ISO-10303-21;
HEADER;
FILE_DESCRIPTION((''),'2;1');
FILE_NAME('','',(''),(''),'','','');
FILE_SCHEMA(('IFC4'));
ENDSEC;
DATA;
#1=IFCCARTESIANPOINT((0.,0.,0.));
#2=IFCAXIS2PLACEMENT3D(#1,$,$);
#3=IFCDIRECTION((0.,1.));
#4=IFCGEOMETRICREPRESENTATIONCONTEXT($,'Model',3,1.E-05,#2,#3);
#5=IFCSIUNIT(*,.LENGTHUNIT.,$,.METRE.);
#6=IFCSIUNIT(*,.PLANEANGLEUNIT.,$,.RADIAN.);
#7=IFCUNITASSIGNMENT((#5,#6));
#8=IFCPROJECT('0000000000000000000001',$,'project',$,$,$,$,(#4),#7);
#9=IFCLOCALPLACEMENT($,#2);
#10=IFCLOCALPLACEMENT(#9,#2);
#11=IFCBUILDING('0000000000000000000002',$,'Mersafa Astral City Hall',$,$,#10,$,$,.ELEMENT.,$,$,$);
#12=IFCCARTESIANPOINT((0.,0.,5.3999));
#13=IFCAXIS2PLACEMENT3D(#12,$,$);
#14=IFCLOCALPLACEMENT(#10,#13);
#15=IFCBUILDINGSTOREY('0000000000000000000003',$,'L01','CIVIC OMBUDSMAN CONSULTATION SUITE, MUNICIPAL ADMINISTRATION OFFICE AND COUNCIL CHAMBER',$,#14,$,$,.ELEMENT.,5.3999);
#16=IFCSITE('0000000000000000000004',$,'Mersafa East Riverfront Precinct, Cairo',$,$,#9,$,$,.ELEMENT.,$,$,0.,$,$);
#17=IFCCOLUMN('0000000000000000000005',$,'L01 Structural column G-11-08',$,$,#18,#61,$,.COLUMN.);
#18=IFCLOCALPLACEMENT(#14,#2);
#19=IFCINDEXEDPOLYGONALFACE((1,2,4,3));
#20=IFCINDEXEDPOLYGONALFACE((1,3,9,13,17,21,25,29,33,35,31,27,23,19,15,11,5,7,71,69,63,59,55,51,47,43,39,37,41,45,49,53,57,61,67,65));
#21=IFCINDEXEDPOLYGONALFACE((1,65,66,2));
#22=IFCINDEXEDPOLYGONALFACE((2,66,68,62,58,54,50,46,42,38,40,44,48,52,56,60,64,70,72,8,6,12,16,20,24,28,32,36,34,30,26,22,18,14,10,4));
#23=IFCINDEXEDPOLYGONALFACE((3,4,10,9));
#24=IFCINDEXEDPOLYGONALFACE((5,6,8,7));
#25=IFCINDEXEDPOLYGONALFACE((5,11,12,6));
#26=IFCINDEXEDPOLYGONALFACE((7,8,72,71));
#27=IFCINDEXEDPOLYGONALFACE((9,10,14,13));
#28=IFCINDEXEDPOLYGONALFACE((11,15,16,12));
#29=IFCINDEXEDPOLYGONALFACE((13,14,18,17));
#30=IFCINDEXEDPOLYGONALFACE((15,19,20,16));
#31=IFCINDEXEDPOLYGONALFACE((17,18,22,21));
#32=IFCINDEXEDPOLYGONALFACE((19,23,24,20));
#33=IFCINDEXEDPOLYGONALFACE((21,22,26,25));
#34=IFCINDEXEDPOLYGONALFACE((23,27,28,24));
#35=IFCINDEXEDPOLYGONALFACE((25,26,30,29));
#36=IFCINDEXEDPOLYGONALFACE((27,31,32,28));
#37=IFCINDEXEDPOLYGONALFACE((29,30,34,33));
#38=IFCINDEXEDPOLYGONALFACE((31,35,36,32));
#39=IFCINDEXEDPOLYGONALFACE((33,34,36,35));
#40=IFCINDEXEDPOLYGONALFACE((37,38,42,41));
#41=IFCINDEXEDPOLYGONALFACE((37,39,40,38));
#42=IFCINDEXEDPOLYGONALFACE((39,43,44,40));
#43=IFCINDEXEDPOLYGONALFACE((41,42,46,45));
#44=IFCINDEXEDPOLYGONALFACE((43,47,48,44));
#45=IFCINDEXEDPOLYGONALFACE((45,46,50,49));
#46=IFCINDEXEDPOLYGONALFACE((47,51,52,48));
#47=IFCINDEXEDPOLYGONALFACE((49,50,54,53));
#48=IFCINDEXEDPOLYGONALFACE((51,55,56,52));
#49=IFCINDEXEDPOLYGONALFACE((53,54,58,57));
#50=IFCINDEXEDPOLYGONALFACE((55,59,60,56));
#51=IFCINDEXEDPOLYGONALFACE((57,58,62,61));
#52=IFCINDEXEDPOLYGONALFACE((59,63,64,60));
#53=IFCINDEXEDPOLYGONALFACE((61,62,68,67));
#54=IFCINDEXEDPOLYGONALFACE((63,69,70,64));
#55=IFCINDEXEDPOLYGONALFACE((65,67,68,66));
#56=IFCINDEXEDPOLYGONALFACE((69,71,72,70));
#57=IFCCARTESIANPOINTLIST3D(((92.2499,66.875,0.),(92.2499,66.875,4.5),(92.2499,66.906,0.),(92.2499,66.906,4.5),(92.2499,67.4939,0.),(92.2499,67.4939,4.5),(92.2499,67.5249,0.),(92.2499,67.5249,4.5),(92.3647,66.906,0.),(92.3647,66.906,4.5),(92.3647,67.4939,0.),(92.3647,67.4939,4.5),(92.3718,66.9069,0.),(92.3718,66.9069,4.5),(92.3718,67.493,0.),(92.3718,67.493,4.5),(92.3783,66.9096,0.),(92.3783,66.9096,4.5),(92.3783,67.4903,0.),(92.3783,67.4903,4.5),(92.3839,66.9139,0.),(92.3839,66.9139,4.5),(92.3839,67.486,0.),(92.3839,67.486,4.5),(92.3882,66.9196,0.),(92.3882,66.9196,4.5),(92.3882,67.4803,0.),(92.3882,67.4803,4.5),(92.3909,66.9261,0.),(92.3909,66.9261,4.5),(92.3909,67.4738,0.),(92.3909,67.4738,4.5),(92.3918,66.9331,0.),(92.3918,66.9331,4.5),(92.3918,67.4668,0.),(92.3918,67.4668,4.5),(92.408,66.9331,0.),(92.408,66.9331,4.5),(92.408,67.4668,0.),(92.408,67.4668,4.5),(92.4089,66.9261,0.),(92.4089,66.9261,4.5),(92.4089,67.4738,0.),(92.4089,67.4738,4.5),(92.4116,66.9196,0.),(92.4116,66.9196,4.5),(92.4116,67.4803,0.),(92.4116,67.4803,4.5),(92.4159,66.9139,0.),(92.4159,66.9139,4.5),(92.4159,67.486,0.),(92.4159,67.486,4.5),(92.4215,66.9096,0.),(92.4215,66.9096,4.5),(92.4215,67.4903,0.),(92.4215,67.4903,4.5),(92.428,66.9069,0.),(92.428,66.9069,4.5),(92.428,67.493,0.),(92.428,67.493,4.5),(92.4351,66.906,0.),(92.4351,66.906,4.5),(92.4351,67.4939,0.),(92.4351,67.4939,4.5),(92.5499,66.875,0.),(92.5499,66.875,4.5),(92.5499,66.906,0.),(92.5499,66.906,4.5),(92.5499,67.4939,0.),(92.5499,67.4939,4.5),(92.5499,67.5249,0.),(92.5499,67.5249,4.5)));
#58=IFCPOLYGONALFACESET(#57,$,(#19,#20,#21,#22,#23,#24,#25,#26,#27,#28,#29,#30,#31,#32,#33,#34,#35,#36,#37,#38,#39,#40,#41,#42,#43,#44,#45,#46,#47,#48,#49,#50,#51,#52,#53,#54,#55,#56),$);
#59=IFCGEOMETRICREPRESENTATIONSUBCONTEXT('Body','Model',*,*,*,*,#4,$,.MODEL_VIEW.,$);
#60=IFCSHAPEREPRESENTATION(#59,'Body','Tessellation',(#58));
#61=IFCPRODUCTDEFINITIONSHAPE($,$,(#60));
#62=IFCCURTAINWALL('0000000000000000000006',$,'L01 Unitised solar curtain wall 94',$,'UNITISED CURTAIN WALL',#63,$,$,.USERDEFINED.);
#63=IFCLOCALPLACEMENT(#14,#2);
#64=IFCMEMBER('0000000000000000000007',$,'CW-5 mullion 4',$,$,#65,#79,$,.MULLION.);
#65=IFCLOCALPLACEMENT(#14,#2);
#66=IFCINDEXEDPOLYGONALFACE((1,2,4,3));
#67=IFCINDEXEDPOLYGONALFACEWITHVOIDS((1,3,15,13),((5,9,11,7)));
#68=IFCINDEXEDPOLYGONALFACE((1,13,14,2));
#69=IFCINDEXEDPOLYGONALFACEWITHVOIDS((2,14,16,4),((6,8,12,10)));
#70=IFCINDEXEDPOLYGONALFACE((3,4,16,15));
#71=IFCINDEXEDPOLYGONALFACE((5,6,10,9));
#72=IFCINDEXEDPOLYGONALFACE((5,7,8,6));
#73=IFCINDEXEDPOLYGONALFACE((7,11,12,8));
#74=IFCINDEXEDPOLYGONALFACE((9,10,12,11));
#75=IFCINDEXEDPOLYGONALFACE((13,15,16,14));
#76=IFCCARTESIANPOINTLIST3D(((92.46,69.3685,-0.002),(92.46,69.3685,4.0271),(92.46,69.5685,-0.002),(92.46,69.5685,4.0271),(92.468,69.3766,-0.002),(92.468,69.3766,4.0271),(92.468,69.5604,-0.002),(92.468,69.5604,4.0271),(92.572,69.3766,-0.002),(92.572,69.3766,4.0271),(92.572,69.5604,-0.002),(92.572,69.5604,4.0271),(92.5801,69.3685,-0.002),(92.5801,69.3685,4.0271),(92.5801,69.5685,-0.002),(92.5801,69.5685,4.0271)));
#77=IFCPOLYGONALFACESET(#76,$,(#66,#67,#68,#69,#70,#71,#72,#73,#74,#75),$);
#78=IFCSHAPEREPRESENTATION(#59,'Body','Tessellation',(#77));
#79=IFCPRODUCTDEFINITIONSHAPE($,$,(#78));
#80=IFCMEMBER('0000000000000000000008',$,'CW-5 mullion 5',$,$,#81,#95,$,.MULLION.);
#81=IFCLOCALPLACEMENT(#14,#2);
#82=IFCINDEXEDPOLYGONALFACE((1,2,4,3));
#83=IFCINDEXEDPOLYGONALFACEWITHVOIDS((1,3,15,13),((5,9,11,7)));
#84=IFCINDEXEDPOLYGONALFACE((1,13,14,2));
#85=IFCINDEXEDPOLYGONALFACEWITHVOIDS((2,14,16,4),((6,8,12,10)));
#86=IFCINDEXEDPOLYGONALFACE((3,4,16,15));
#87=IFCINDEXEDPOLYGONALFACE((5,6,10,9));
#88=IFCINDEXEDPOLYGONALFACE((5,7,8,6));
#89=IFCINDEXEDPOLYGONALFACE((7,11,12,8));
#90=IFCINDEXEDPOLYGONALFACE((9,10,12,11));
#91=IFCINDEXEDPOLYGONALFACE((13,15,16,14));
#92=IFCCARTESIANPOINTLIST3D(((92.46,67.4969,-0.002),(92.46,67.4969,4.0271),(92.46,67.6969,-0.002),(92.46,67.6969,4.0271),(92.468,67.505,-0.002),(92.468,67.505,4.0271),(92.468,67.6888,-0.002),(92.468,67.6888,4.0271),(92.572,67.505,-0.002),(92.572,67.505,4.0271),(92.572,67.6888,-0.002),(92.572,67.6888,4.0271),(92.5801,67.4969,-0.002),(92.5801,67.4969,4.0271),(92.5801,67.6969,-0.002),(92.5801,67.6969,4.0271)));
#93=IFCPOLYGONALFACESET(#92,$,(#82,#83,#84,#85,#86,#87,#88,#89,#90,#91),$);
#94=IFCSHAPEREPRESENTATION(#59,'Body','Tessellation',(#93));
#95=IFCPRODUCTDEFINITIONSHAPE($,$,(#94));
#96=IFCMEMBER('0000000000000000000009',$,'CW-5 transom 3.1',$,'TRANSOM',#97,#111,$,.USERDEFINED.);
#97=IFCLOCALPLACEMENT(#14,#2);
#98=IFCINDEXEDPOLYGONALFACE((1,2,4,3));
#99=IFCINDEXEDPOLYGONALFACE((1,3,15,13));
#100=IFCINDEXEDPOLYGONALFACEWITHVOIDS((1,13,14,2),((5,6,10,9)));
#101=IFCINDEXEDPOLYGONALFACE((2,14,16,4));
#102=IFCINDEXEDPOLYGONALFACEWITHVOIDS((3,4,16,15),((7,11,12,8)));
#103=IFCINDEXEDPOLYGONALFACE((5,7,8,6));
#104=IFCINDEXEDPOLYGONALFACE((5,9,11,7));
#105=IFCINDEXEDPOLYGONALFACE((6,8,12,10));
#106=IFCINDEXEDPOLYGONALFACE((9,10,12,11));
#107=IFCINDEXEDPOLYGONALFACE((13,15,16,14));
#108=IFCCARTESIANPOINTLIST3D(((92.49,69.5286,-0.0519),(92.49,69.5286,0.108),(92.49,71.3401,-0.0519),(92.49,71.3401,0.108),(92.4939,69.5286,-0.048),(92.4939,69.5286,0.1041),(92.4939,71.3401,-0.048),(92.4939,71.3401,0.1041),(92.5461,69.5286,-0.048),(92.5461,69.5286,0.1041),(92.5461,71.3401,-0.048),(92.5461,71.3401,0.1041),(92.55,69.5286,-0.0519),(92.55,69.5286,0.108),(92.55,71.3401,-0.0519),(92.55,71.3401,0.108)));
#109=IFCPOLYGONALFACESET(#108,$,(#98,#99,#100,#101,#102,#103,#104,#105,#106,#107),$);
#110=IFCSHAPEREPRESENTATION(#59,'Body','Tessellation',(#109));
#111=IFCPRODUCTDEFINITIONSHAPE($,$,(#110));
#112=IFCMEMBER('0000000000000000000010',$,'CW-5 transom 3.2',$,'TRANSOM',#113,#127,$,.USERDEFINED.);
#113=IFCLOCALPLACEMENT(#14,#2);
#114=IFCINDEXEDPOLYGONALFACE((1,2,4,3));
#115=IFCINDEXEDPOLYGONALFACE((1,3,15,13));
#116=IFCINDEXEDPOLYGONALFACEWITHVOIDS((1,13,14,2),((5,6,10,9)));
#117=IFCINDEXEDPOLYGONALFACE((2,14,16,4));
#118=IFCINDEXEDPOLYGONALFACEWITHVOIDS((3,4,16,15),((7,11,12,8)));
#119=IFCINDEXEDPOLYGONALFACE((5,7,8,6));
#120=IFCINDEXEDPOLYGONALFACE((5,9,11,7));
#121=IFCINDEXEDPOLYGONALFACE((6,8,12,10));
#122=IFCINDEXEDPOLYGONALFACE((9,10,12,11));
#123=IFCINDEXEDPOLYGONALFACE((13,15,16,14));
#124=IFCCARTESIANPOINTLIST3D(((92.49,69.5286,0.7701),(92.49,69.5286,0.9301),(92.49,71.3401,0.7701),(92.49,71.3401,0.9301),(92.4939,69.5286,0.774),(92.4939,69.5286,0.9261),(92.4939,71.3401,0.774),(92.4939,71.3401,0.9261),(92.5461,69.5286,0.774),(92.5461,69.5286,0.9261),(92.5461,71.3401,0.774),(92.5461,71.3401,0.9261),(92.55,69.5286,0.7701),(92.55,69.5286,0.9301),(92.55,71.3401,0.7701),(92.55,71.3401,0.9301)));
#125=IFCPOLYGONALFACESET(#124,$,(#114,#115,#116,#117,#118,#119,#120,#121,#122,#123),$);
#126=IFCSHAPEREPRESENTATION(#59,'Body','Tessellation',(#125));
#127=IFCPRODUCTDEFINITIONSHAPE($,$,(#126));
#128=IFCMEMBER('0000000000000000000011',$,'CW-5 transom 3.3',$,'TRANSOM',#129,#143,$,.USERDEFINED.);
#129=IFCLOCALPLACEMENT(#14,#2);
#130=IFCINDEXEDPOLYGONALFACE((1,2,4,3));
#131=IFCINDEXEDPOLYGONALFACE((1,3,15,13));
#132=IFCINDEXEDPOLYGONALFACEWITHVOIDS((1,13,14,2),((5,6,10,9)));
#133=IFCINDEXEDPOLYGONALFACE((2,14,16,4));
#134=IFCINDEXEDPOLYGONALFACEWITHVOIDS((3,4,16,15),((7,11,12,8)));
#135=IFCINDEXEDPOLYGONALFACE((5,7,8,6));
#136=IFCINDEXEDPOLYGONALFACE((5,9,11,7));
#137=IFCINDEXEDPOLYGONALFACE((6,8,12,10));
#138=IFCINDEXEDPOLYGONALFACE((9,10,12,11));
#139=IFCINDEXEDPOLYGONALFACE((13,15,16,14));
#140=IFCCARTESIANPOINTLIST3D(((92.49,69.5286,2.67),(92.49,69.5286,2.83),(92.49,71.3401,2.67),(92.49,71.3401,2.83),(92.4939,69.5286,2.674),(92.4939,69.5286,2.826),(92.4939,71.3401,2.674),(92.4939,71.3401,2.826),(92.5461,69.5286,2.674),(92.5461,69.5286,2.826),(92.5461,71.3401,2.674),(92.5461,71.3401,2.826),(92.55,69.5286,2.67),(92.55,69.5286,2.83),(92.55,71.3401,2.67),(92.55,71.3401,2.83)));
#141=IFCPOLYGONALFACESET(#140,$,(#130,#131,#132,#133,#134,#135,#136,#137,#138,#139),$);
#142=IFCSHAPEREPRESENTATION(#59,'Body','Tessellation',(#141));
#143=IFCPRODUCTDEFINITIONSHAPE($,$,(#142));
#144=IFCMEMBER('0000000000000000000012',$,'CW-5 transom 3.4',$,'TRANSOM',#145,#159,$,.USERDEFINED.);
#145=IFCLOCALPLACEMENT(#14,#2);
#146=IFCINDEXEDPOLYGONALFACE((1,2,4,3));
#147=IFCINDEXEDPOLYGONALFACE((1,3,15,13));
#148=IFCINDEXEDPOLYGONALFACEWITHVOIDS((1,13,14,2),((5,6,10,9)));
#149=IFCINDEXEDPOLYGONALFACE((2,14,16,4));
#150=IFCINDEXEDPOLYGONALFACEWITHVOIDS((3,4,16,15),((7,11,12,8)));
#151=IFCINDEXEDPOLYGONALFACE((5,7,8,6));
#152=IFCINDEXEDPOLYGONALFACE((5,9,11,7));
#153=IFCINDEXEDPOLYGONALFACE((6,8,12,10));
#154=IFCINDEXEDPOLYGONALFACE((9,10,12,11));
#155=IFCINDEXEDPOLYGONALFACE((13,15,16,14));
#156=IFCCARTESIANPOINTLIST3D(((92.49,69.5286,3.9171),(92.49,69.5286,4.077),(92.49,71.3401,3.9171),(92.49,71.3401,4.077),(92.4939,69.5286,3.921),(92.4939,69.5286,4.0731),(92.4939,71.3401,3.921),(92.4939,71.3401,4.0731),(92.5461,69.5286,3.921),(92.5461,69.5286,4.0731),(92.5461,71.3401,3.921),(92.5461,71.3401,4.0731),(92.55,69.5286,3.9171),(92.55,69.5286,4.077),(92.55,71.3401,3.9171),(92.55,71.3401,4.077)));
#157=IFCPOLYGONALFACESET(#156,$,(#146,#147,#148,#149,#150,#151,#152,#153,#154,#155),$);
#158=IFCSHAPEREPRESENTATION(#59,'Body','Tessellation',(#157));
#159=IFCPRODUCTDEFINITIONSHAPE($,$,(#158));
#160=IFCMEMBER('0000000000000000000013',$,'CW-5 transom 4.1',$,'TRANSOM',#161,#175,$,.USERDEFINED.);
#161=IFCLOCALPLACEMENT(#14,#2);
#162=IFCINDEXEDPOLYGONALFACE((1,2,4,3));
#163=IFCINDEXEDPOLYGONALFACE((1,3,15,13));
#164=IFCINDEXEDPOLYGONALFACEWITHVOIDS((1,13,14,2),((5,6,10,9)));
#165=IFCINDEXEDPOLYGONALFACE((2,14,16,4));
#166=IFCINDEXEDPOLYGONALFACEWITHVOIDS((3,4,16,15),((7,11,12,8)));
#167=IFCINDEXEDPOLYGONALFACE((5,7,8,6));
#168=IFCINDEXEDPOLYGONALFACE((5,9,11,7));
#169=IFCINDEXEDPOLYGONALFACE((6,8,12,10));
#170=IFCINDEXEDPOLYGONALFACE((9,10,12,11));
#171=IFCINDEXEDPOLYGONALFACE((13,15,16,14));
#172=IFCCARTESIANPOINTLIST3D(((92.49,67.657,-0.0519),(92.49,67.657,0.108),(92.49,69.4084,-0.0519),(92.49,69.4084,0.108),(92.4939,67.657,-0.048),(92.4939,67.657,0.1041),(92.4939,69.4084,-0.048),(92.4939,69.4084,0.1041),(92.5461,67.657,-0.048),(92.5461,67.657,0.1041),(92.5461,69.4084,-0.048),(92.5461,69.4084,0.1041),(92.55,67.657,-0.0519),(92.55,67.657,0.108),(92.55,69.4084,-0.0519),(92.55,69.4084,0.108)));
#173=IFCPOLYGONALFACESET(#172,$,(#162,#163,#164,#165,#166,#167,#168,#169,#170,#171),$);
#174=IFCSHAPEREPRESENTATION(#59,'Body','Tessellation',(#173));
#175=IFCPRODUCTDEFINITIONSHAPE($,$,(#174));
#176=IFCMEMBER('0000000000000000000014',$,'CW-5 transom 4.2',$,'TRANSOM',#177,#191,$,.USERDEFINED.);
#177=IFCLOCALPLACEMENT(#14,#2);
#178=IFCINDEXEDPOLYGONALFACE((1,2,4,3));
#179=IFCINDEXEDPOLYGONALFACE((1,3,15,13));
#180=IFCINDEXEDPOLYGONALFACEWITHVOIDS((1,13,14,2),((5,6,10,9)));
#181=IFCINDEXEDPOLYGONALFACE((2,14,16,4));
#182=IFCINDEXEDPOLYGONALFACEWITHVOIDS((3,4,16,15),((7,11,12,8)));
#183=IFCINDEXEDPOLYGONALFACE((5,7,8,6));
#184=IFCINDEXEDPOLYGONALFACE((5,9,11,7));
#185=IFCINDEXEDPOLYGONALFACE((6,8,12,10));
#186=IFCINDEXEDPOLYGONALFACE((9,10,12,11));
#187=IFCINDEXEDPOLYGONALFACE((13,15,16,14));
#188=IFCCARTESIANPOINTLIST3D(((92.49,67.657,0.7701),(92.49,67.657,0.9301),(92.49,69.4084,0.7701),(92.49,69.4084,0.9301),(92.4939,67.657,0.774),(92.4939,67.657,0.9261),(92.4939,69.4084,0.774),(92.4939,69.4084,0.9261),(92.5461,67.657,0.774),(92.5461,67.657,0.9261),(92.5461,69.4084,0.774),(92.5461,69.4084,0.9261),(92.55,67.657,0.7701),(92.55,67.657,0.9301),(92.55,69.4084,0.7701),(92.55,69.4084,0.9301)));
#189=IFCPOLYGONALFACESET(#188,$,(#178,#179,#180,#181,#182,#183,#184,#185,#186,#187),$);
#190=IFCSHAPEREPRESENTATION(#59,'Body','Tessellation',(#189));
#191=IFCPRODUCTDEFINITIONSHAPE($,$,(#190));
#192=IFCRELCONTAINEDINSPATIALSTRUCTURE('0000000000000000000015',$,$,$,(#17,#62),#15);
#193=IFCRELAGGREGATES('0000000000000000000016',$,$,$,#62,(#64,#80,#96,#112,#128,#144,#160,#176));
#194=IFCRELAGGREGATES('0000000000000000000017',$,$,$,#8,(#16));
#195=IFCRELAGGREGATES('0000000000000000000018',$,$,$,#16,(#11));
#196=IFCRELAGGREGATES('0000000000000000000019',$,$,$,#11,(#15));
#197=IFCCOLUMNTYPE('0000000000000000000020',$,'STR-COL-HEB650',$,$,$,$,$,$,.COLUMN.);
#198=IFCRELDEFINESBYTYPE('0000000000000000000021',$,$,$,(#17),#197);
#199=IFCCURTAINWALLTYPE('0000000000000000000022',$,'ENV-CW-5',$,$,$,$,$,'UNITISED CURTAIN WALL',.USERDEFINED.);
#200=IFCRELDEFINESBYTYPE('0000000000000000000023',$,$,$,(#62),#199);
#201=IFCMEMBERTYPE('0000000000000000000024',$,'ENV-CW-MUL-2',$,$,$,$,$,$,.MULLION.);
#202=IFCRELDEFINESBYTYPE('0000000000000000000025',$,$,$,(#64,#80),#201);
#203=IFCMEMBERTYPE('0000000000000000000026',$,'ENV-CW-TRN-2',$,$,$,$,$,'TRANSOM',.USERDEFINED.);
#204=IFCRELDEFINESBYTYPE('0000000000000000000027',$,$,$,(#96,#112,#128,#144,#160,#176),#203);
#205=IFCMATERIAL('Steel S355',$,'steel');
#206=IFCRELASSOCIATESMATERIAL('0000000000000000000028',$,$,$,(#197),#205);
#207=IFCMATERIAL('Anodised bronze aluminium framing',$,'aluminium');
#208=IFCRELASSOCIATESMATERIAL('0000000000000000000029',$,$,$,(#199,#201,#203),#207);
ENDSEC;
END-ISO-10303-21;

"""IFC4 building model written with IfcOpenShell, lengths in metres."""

from ifc_helpers import new_model, si_unit, direction, frame, origin, origin_2d, place, context, subcontext, project, spatial, hollow_rectangle, i_section, extrude, material, material_profile, profile_set, type_object, element, aggregate, save


model = new_model("IFC4")

# Units and contexts
model_context = context("Model", 3, precision=1e-05, world=origin(), true_north=direction((0.0, 1.0)))
body_context = subcontext(model_context, "Body", "Model", "MODEL_VIEW")
ifc_project = project(units=[si_unit("LENGTHUNIT", "METRE"), si_unit("PLANEANGLEUNIT", "RADIAN")], contexts=[model_context])

# Site, building, storey
site_placement = place(None, origin())
site = spatial("IfcSite", under=ifc_project, at=site_placement, Name="Mersafa East Riverfront Precinct, Cairo", CompositionType="ELEMENT", RefElevation=0.0)
building_placement = place(site_placement, origin())
building = spatial("IfcBuilding", under=site, at=building_placement, Name="Mersafa Astral City Hall", CompositionType="ELEMENT")
storey_placement = place(building_placement, frame((0.0, 0.0, 5.3999)))
storey = spatial("IfcBuildingStorey", under=building, at=storey_placement, Name="L01", Description="CIVIC OMBUDSMAN CONSULTATION SUITE, MUNICIPAL ADMINISTRATION OFFICE AND COUNCIL CHAMBER", CompositionType="ELEMENT", Elevation=5.3999)

# Column
ifc_material_1 = material(Name="Steel S355", Category="steel")
ifc_material_profile_1 = material_profile(ifc_material_1, i_section(OverallWidth=0.3, OverallDepth=0.6499, WebThickness=0.0161, FlangeThickness=0.031, FilletRadius=0.0271, at=origin_2d()), Name="HEB 650")
ifc_profile_set_1 = profile_set([ifc_material_profile_1], Name="Steel S355")
column_type = type_object("IfcColumnType", Name="STR-COL-HEB650", PredefinedType="COLUMN", material=ifc_profile_set_1)
column_placement = place(storey_placement, frame((92.3999, 67.2, 0.0), z_axis=(0.0, 0.0, 1.0), x_axis=(1.0, 0.0, 0.0)))
element("IfcColumn", 1, at=column_placement, inside=storey, type_object=column_type, Name="L01 Structural column G-11-08", PredefinedType="COLUMN", context=body_context, shape_type="SweptSolid", body=[
    extrude(i_section(OverallWidth=0.3, OverallDepth=0.6499, WebThickness=0.0161, FlangeThickness=0.031, FilletRadius=0.0271, at=origin_2d()), origin(), (0.0, 0.0, 1.0), 4.5),
])

# Curtain wall, members
ifc_material_2 = material(Name="Anodised bronze aluminium framing", Category="aluminium")
curtain_wall_type = type_object("IfcCurtainWallType", Name="ENV-CW-5", ElementType="UNITISED CURTAIN WALL", PredefinedType="USERDEFINED", material=ifc_material_2)
curtain_wall_placement = place(storey_placement, origin())
curtain_wall = element("IfcCurtainWall", 2, at=curtain_wall_placement, inside=storey, type_object=curtain_wall_type, Name="L01 Unitised solar curtain wall 94", ObjectType="UNITISED CURTAIN WALL", PredefinedType="USERDEFINED")
ifc_material_profile_2 = material_profile(ifc_material_2, hollow_rectangle(XDim=0.1201, YDim=0.2, WallThickness=0.0081, at=origin_2d()), Name="RHS 120x200x8")
ifc_profile_set_2 = profile_set([ifc_material_profile_2], Name="Anodised bronze aluminium framing")
member_type_1 = type_object("IfcMemberType", Name="ENV-CW-MUL-2", PredefinedType="MULLION", material=ifc_profile_set_2)
member_1_placement = place(storey_placement, frame((92.52, 69.4685, -0.002), z_axis=(0.0, 0.0, 1.0), x_axis=(1.0, 0.0, 0.0)))
member_1 = element("IfcMember", 3, at=member_1_placement, type_object=member_type_1, Name="CW-5 mullion 4", PredefinedType="MULLION", context=body_context, shape_type="SweptSolid", body=[
    extrude(hollow_rectangle(XDim=0.1201, YDim=0.2, WallThickness=0.0081, at=origin_2d()), origin(), (0.0, 0.0, 1.0), 4.0291),
])
member_2_placement = place(storey_placement, frame((92.52, 67.5969, -0.002), z_axis=(0.0, 0.0, 1.0), x_axis=(1.0, 0.0, 0.0)))
member_2 = element("IfcMember", 4, at=member_2_placement, type_object=member_type_1, Name="CW-5 mullion 5", PredefinedType="MULLION", context=body_context, shape_type="SweptSolid", body=[
    extrude(hollow_rectangle(XDim=0.1201, YDim=0.2, WallThickness=0.0081, at=origin_2d()), origin(), (0.0, 0.0, 1.0), 4.0291),
])
ifc_material_profile_3 = material_profile(ifc_material_2, hollow_rectangle(XDim=0.0601, YDim=0.1599, WallThickness=0.0039, at=origin_2d()), Name="RHS 60x160x4")
ifc_profile_set_3 = profile_set([ifc_material_profile_3], Name="Anodised bronze aluminium framing")
member_type_2 = type_object("IfcMemberType", Name="ENV-CW-TRN-2", ElementType="TRANSOM", PredefinedType="USERDEFINED", material=ifc_profile_set_3)
member_3_placement = place(storey_placement, frame((92.52, 71.3401, 0.0281), z_axis=(0.0, -1.0, 0.0), x_axis=(1.0, 0.0, 0.0)))
member_3 = element("IfcMember", 5, at=member_3_placement, type_object=member_type_2, Name="CW-5 transom 3.1", ObjectType="TRANSOM", PredefinedType="USERDEFINED", context=body_context, shape_type="SweptSolid", body=[
    extrude(hollow_rectangle(XDim=0.0601, YDim=0.1599, WallThickness=0.0039, at=origin_2d()), origin(), (0.0, 0.0, 1.0), 1.8115),
])
member_4_placement = place(storey_placement, frame((92.52, 71.3401, 0.8501), z_axis=(0.0, -1.0, 0.0), x_axis=(1.0, 0.0, 0.0)))
member_4 = element("IfcMember", 6, at=member_4_placement, type_object=member_type_2, Name="CW-5 transom 3.2", ObjectType="TRANSOM", PredefinedType="USERDEFINED", context=body_context, shape_type="SweptSolid", body=[
    extrude(hollow_rectangle(XDim=0.0601, YDim=0.1599, WallThickness=0.0039, at=origin_2d()), origin(), (0.0, 0.0, 1.0), 1.8115),
])
member_5_placement = place(storey_placement, frame((92.52, 71.3401, 2.75), z_axis=(0.0, -1.0, 0.0), x_axis=(1.0, 0.0, 0.0)))
member_5 = element("IfcMember", 7, at=member_5_placement, type_object=member_type_2, Name="CW-5 transom 3.3", ObjectType="TRANSOM", PredefinedType="USERDEFINED", context=body_context, shape_type="SweptSolid", body=[
    extrude(hollow_rectangle(XDim=0.0601, YDim=0.1599, WallThickness=0.0039, at=origin_2d()), origin(), (0.0, 0.0, 1.0), 1.8115),
])
member_6_placement = place(storey_placement, frame((92.52, 71.3401, 3.9971), z_axis=(0.0, -1.0, 0.0), x_axis=(1.0, 0.0, 0.0)))
member_6 = element("IfcMember", 8, at=member_6_placement, type_object=member_type_2, Name="CW-5 transom 3.4", ObjectType="TRANSOM", PredefinedType="USERDEFINED", context=body_context, shape_type="SweptSolid", body=[
    extrude(hollow_rectangle(XDim=0.0601, YDim=0.1599, WallThickness=0.0039, at=origin_2d()), origin(), (0.0, 0.0, 1.0), 1.8115),
])
member_7_placement = place(storey_placement, frame((92.52, 69.4084, 0.0281), z_axis=(0.0, -1.0, 0.0), x_axis=(1.0, 0.0, 0.0)))
member_7 = element("IfcMember", 9, at=member_7_placement, type_object=member_type_2, Name="CW-5 transom 4.1", ObjectType="TRANSOM", PredefinedType="USERDEFINED", context=body_context, shape_type="SweptSolid", body=[
    extrude(hollow_rectangle(XDim=0.0601, YDim=0.1599, WallThickness=0.0039, at=origin_2d()), origin(), (0.0, 0.0, 1.0), 1.7515),
])
member_8_placement = place(storey_placement, frame((92.52, 69.4084, 0.8501), z_axis=(0.0, -1.0, 0.0), x_axis=(1.0, 0.0, 0.0)))
member_8 = element("IfcMember", 10, at=member_8_placement, type_object=member_type_2, Name="CW-5 transom 4.2", ObjectType="TRANSOM", PredefinedType="USERDEFINED", context=body_context, shape_type="SweptSolid", body=[
    extrude(hollow_rectangle(XDim=0.0601, YDim=0.1599, WallThickness=0.0039, at=origin_2d()), origin(), (0.0, 0.0, 1.0), 1.7515),
])

aggregate(curtain_wall, [member_1, member_2, member_3, member_4, member_5, member_6, member_7, member_8])

save(model, "model.ifc")
